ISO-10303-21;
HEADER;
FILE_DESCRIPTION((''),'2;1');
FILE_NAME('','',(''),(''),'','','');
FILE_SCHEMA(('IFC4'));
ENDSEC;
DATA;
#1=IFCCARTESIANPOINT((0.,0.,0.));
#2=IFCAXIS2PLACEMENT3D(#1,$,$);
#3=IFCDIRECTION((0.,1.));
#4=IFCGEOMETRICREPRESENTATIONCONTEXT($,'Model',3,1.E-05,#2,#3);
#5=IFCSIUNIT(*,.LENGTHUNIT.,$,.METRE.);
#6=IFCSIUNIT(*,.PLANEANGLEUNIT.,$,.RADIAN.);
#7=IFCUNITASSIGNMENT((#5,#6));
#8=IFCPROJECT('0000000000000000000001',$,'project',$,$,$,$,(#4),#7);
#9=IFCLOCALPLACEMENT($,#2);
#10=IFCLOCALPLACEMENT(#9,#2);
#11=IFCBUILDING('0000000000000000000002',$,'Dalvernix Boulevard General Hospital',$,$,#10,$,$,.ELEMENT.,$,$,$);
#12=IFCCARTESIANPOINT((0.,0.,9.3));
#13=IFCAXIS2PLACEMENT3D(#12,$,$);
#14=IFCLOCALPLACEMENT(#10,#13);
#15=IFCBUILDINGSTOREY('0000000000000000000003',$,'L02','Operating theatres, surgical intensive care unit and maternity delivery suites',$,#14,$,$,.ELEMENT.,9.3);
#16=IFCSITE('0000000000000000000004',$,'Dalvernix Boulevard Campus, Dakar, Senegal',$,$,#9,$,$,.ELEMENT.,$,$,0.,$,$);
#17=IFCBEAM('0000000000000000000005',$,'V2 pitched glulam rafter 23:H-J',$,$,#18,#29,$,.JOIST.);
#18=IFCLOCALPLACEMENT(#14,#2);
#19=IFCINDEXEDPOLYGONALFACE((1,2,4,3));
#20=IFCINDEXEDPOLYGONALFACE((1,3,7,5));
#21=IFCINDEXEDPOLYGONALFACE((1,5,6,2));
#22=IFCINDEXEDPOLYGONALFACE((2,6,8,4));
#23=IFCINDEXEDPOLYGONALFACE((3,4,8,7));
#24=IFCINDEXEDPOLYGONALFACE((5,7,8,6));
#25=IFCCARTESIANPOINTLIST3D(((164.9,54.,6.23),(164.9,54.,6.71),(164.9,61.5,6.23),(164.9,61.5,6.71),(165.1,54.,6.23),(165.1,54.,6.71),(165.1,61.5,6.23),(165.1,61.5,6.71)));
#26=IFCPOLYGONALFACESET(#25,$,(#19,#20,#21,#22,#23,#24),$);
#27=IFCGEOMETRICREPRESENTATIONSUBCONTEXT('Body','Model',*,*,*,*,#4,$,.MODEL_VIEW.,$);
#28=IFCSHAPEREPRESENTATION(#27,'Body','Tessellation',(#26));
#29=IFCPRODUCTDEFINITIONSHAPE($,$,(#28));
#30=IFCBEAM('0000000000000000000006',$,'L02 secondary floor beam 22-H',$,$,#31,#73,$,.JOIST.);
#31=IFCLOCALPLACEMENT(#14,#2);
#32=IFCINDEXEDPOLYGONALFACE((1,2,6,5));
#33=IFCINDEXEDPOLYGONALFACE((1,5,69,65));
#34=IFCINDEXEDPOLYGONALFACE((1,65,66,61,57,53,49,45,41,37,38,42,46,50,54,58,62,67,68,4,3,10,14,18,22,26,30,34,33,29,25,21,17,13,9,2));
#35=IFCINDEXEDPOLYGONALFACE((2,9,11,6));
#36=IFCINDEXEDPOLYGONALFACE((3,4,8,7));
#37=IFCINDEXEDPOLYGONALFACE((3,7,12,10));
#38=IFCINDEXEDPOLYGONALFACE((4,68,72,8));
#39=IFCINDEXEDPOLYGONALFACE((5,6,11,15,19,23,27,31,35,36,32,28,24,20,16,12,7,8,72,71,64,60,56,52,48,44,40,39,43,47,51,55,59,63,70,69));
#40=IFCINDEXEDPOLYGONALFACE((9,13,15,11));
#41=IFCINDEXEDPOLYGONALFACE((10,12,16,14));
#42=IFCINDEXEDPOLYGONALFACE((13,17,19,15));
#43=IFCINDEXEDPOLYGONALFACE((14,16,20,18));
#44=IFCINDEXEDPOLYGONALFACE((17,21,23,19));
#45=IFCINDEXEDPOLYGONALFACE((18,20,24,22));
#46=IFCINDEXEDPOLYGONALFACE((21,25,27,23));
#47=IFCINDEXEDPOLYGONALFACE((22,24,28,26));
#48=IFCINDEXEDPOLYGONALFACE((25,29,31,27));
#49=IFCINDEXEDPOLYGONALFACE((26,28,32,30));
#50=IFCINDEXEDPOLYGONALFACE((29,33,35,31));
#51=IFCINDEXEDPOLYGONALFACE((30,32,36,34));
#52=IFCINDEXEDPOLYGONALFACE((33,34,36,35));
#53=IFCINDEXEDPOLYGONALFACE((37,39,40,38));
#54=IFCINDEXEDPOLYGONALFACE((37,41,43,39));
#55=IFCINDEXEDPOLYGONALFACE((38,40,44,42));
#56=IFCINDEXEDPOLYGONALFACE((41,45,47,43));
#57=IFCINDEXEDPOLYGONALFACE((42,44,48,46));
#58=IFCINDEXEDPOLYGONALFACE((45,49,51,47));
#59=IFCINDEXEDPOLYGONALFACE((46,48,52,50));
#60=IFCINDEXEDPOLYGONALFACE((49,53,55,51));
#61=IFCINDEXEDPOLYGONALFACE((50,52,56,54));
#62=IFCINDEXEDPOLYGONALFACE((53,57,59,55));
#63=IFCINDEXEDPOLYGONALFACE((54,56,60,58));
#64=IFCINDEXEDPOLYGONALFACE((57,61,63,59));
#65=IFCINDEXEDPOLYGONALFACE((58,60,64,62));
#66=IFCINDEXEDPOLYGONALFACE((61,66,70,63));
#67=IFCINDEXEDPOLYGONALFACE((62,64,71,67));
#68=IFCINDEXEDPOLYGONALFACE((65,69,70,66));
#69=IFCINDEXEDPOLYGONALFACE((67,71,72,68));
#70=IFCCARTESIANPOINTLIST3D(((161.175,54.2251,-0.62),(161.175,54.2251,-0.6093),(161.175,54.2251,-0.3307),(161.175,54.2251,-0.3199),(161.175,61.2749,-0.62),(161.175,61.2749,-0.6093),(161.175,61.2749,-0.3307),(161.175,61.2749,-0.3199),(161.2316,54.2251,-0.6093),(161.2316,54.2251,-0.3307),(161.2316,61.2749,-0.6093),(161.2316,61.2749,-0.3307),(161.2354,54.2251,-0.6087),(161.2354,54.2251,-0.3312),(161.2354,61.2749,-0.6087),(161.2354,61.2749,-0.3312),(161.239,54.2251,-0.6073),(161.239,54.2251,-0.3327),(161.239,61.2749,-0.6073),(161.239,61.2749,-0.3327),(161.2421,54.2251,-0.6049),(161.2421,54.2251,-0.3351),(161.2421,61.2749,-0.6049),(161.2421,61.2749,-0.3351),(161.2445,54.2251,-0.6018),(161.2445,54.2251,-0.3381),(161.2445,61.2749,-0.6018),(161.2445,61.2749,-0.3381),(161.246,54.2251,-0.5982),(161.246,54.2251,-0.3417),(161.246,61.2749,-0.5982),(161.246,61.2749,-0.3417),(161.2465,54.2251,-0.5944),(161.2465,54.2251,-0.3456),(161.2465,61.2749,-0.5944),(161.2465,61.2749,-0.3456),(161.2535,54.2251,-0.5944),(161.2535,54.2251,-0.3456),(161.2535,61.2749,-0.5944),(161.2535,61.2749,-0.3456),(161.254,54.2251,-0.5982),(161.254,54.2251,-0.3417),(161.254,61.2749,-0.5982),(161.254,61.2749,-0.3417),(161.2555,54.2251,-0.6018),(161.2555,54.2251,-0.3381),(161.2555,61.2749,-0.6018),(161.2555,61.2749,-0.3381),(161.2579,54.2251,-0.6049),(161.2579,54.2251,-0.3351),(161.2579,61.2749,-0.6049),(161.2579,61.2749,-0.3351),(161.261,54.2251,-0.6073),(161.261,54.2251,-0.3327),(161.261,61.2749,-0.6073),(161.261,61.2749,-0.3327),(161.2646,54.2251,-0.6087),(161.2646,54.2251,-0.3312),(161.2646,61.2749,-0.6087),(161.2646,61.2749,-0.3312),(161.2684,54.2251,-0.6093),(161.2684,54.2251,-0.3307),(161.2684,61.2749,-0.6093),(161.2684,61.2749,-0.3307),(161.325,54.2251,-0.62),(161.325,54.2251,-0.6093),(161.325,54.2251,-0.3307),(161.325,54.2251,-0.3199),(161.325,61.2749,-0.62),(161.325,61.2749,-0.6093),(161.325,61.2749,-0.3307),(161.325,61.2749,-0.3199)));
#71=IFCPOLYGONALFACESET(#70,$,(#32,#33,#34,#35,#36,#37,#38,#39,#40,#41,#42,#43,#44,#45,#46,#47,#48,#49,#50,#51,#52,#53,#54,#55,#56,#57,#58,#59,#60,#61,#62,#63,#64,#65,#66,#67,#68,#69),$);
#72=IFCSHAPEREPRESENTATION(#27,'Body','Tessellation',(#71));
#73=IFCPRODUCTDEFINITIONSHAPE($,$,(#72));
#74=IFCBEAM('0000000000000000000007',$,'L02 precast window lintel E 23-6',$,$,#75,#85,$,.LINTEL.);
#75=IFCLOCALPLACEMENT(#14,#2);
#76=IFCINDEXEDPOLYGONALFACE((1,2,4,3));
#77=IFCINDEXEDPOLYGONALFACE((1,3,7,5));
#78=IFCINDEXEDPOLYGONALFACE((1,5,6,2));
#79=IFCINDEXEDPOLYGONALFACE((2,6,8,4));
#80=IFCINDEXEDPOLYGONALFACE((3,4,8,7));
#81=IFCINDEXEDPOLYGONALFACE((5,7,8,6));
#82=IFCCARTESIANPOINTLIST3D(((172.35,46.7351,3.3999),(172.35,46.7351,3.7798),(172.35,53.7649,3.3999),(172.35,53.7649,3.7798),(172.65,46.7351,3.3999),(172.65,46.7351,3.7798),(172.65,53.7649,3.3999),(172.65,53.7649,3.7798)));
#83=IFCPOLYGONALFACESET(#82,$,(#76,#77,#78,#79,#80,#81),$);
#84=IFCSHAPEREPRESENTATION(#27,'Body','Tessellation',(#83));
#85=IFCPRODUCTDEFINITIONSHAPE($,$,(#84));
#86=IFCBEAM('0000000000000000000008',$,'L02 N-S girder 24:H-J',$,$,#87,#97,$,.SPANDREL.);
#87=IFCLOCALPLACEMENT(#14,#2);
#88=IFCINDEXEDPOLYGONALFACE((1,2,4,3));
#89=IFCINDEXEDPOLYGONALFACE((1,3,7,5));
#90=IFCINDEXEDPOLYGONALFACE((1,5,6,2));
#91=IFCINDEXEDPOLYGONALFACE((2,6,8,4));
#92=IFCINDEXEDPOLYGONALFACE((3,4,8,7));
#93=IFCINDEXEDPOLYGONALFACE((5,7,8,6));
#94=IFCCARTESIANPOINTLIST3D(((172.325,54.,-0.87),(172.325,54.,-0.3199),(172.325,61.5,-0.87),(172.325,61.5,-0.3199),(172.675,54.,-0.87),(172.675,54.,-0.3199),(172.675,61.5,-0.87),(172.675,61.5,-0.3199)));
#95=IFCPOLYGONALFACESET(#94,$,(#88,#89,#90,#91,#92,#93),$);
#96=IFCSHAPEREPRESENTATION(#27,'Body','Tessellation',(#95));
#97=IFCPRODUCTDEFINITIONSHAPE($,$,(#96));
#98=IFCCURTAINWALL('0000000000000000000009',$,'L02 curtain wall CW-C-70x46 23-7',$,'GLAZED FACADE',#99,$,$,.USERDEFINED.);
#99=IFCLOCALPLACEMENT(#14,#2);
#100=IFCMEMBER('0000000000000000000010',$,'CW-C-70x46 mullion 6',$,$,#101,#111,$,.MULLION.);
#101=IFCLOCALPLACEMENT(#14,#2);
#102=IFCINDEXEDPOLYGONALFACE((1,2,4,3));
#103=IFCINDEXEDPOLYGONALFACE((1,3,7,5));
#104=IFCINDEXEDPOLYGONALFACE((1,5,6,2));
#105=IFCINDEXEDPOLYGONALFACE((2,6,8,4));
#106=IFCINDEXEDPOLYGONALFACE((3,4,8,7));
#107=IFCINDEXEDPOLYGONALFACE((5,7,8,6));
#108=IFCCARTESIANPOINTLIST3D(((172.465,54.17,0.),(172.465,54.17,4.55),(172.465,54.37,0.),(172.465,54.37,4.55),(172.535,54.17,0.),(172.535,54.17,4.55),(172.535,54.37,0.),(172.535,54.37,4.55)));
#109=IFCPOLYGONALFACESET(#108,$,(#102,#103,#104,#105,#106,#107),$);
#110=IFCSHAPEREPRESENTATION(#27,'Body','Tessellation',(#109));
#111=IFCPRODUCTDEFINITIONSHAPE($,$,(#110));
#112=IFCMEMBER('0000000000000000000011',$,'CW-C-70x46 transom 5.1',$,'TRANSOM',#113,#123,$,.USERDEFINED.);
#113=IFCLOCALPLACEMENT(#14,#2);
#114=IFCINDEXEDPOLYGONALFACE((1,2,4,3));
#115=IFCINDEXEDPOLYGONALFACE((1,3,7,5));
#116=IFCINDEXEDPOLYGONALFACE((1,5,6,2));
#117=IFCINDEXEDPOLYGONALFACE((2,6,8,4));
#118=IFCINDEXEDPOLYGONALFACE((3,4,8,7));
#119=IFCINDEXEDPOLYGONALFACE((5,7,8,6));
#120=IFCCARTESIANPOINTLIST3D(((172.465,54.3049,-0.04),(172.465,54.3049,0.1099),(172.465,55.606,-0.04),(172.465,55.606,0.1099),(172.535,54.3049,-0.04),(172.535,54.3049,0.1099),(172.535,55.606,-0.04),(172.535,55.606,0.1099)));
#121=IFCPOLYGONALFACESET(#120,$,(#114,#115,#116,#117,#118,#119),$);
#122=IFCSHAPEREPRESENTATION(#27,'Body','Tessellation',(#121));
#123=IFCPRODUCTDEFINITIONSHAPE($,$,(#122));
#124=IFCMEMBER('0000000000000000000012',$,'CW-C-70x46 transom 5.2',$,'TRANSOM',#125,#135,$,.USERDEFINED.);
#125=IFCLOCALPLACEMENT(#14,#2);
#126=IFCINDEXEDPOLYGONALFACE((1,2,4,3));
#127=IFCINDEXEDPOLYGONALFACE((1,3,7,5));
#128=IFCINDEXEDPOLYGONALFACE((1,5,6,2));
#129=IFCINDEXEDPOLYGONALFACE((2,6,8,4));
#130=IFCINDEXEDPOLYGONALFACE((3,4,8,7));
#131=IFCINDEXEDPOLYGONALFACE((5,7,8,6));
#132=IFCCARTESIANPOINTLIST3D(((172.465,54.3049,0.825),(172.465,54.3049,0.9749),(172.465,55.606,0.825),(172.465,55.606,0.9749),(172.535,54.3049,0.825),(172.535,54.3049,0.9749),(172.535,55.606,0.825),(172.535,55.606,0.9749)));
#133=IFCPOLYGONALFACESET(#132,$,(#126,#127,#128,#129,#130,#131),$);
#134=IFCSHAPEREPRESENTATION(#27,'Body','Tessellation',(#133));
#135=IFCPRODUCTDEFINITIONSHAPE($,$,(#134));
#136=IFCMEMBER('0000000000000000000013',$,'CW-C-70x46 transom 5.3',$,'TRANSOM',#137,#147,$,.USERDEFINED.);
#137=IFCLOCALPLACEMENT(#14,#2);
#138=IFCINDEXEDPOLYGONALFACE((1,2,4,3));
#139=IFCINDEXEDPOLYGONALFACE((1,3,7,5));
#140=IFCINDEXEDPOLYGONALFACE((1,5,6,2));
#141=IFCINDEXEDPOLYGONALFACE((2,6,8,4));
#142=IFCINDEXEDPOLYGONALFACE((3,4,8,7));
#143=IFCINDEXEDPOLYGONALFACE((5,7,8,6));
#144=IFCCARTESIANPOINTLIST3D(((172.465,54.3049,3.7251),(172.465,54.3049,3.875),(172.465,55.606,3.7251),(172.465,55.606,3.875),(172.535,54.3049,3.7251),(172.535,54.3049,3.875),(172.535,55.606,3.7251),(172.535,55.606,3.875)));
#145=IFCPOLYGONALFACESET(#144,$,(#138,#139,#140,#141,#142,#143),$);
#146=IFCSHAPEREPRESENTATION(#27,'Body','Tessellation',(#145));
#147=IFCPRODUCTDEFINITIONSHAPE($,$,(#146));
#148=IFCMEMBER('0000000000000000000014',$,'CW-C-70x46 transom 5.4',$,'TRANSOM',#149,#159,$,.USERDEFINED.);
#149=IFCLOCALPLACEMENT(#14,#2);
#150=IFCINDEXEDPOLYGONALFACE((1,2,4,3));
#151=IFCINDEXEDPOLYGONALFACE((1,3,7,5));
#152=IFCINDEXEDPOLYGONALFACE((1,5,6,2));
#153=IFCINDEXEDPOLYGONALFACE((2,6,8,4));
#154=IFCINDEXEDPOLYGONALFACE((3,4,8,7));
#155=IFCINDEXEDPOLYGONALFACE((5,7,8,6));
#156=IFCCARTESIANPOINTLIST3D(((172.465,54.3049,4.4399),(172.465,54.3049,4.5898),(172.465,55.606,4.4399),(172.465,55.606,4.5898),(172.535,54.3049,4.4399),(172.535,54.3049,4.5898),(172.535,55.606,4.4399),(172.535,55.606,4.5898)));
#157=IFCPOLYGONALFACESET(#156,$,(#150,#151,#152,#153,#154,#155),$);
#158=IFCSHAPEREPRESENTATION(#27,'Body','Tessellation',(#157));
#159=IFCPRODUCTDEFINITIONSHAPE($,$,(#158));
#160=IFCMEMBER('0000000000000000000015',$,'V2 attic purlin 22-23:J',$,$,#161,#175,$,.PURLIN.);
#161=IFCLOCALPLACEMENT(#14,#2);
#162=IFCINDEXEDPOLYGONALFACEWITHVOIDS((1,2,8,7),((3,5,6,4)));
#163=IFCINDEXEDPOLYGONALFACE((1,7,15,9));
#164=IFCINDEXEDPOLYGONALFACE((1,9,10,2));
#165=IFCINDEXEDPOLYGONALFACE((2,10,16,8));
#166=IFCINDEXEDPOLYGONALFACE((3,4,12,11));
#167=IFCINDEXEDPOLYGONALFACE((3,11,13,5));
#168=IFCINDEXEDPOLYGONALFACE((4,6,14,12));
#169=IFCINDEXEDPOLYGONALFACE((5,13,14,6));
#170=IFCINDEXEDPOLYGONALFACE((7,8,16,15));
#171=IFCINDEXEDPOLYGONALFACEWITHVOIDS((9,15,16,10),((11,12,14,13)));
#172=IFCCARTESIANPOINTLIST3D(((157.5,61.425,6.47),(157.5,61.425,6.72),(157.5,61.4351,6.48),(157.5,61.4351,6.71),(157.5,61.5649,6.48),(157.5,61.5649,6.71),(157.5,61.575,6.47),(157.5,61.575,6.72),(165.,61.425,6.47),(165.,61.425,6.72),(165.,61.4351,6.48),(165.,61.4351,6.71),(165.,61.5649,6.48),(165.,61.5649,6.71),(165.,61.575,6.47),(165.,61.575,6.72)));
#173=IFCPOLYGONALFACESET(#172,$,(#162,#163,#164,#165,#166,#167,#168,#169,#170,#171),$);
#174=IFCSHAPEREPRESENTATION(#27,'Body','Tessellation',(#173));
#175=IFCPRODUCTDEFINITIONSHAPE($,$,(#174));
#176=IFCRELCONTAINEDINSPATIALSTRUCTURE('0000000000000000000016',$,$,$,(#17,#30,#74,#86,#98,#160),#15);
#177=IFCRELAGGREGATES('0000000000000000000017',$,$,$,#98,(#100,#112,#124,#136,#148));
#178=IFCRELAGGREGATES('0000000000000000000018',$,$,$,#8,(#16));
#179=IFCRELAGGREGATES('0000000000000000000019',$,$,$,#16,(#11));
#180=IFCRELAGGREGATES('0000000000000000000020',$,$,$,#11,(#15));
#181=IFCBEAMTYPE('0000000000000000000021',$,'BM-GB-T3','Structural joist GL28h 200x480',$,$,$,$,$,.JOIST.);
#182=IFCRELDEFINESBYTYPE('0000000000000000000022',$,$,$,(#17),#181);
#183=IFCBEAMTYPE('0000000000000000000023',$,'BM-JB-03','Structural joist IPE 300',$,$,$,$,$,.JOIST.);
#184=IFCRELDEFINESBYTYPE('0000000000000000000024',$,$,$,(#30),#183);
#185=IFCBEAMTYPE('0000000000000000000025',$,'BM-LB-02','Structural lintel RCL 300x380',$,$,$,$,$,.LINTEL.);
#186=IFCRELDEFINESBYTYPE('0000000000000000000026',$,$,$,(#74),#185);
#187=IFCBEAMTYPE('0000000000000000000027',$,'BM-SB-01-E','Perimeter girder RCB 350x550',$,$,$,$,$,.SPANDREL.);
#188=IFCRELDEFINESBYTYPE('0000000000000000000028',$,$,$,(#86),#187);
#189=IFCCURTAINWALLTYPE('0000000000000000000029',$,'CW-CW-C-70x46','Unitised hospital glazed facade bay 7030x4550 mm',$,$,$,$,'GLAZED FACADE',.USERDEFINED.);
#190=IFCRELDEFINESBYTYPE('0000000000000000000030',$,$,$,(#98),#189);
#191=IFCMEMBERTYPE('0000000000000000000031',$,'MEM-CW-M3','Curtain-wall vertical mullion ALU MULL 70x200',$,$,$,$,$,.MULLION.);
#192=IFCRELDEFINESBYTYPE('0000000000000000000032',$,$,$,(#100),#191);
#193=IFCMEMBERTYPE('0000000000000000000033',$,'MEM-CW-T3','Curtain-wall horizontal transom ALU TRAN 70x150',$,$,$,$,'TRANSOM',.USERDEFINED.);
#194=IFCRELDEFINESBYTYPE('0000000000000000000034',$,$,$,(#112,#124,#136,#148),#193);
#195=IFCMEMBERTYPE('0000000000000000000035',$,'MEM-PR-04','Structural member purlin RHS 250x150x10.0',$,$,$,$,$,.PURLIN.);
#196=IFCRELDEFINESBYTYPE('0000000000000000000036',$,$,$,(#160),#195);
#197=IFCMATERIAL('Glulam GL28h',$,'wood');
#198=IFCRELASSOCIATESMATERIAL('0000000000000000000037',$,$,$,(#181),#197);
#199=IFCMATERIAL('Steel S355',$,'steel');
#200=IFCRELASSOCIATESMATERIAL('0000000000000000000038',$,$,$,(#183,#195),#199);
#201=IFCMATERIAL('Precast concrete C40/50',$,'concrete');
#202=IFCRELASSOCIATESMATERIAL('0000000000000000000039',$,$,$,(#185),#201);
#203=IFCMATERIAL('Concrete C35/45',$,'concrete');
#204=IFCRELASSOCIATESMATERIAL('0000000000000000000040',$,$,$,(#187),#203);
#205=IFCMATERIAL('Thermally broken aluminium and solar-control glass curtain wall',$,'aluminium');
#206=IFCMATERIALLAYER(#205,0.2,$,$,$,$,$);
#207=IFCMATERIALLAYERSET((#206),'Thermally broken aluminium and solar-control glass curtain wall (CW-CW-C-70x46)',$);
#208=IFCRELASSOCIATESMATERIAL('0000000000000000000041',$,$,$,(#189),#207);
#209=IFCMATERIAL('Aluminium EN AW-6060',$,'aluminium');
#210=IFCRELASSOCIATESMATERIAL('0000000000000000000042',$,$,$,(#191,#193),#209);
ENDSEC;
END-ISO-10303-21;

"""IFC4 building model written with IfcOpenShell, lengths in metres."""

from ifc_helpers import new_model, si_unit, direction, frame, origin, origin_2d, place, context, subcontext, project, spatial, rectangle, hollow_rectangle, i_section, extrude, material, layer, layer_set, material_profile, profile_set, type_object, element, aggregate, save


model = new_model("IFC4")

# Units and contexts
model_context = context("Model", 3, precision=1e-05, world=origin(), true_north=direction((0.0, 1.0)))
body_context = subcontext(model_context, "Body", "Model", "MODEL_VIEW")
ifc_project = project(units=[si_unit("LENGTHUNIT", "METRE"), si_unit("PLANEANGLEUNIT", "RADIAN")], contexts=[model_context])

# Site, building, storey
site_placement = place(None, origin())
site = spatial("IfcSite", under=ifc_project, at=site_placement, Name="Dalvernix Boulevard Campus, Dakar, Senegal", CompositionType="ELEMENT", RefElevation=0.0)
building_placement = place(site_placement, origin())
building = spatial("IfcBuilding", under=site, at=building_placement, Name="Dalvernix Boulevard General Hospital", CompositionType="ELEMENT")
storey_placement = place(building_placement, frame((0.0, 0.0, 9.3)))
storey = spatial("IfcBuildingStorey", under=building, at=storey_placement, Name="L02", Description="Operating theatres, surgical intensive care unit and maternity delivery suites", CompositionType="ELEMENT", Elevation=9.3)

# Shared definitions
ifc_material_1 = material(Name="Steel S355", Category="steel")

# Beams
ifc_material_2 = material(Name="Concrete C35/45", Category="concrete")
ifc_material_3 = material(Name="Glulam GL28h", Category="wood")
ifc_material_profile_1 = material_profile(ifc_material_3, rectangle(XDim=0.2, YDim=0.48, at=origin_2d()), Name="GL28h 200x480")
ifc_profile_set_1 = profile_set([ifc_material_profile_1], Name="Glulam GL28h")
beam_type_1 = type_object("IfcBeamType", Name="BM-GB-T3", Description="Structural joist GL28h 200x480", PredefinedType="JOIST", material=ifc_profile_set_1)
for number, where, z_axis, x_axis, name in (
    (1, (165.0, 54.0, 6.47), (0.0, 1.0, 0.0), (-1.0, 0.0, 0.0), "V2 pitched glulam rafter 23:H-J"),
):
    element("IfcBeam", number, at=place(storey_placement, frame(where, z_axis=z_axis, x_axis=x_axis)), inside=storey, type_object=beam_type_1, Name=name, PredefinedType="JOIST", context=body_context, shape_type="SweptSolid", body=[
        extrude(rectangle(XDim=0.2, YDim=0.48, at=origin_2d()), origin(), (0.0, 0.0, 1.0), 7.5),
    ])
ifc_material_profile_2 = material_profile(ifc_material_1, i_section(OverallWidth=0.1499, OverallDepth=0.3, WebThickness=0.0071, FlangeThickness=0.0107, FilletRadius=0.0149, at=origin_2d()), Name="IPE 300")
ifc_profile_set_2 = profile_set([ifc_material_profile_2], Name="Steel S355")
beam_type_2 = type_object("IfcBeamType", Name="BM-JB-03", Description="Structural joist IPE 300", PredefinedType="JOIST", material=ifc_profile_set_2)
beam_1_placement = place(storey_placement, frame((161.25, 54.2251, -0.47), z_axis=(0.0, 1.0, 0.0), x_axis=(-1.0, 0.0, 0.0)))
element("IfcBeam", 2, at=beam_1_placement, inside=storey, type_object=beam_type_2, Name="L02 secondary floor beam 22-H", PredefinedType="JOIST", context=body_context, shape_type="SweptSolid", body=[
    extrude(i_section(OverallWidth=0.1499, OverallDepth=0.3, WebThickness=0.0071, FlangeThickness=0.0107, FilletRadius=0.0149, at=origin_2d()), origin(), (0.0, 0.0, 1.0), 7.0498),
])
ifc_material_4 = material(Name="Precast concrete C40/50", Category="concrete")
ifc_material_profile_3 = material_profile(ifc_material_4, rectangle(XDim=0.3, YDim=0.3799, at=origin_2d()), Name="RCL 300x380")
ifc_profile_set_3 = profile_set([ifc_material_profile_3], Name="Precast concrete C40/50")
beam_type_3 = type_object("IfcBeamType", Name="BM-LB-02", Description="Structural lintel RCL 300x380", PredefinedType="LINTEL", material=ifc_profile_set_3)
beam_2_placement = place(storey_placement, frame((172.5, 53.7649, 3.5898), z_axis=(0.0, -1.0, 0.0), x_axis=(1.0, 0.0, 0.0)))
element("IfcBeam", 3, at=beam_2_placement, inside=storey, type_object=beam_type_3, Name="L02 precast window lintel E 23-6", PredefinedType="LINTEL", context=body_context, shape_type="SweptSolid", body=[
    extrude(rectangle(XDim=0.3, YDim=0.3799, at=origin_2d()), origin(), (0.0, 0.0, 1.0), 7.0298),
])
ifc_material_profile_4 = material_profile(ifc_material_2, rectangle(XDim=0.3501, YDim=0.55, at=origin_2d()), Name="RCB 350x550")
ifc_profile_set_4 = profile_set([ifc_material_profile_4], Name="Concrete C35/45")
beam_type_4 = type_object("IfcBeamType", Name="BM-SB-01-E", Description="Perimeter girder RCB 350x550", PredefinedType="SPANDREL", material=ifc_profile_set_4)
beam_3_placement = place(storey_placement, frame((172.5, 54.0, -0.595), z_axis=(0.0, 1.0, 0.0), x_axis=(-1.0, 0.0, 0.0)))
element("IfcBeam", 4, at=beam_3_placement, inside=storey, type_object=beam_type_4, Name="L02 N-S girder 24:H-J", PredefinedType="SPANDREL", context=body_context, shape_type="SweptSolid", body=[
    extrude(rectangle(XDim=0.3501, YDim=0.55, at=origin_2d()), origin(), (0.0, 0.0, 1.0), 7.5),
])

# Curtain wall, members
ifc_material_5 = material(Name="Thermally broken aluminium and solar-control glass curtain wall", Category="aluminium")
ifc_layer_1 = layer(ifc_material_5, 0.2)
ifc_layer_set_1 = layer_set([ifc_layer_1], Name="Thermally broken aluminium and solar-control glass curtain wall (CW-CW-C-70x46)")
curtain_wall_type = type_object("IfcCurtainWallType", Name="CW-CW-C-70x46", Description="Unitised hospital glazed facade bay 7030x4550 mm", ElementType="GLAZED FACADE", PredefinedType="USERDEFINED", material=ifc_layer_set_1)
curtain_wall_placement = place(storey_placement, origin())
curtain_wall = element("IfcCurtainWall", 5, at=curtain_wall_placement, inside=storey, type_object=curtain_wall_type, Name="L02 curtain wall CW-C-70x46 23-7", ObjectType="GLAZED FACADE", PredefinedType="USERDEFINED")
ifc_material_6 = material(Name="Aluminium EN AW-6060", Category="aluminium")
ifc_material_profile_5 = material_profile(ifc_material_6, rectangle(XDim=0.0701, YDim=0.2, at=origin_2d()), Name="ALU MULL 70x200")
ifc_profile_set_5 = profile_set([ifc_material_profile_5], Name="Aluminium EN AW-6060")
member_type_1 = type_object("IfcMemberType", Name="MEM-CW-M3", Description="Curtain-wall vertical mullion ALU MULL 70x200", PredefinedType="MULLION", material=ifc_profile_set_5)
member_1_placement = place(storey_placement, frame((172.5, 54.27, 0.0), z_axis=(0.0, 0.0, 1.0), x_axis=(1.0, 0.0, 0.0)))
member_1 = element("IfcMember", 6, at=member_1_placement, type_object=member_type_1, Name="CW-C-70x46 mullion 6", PredefinedType="MULLION", context=body_context, shape_type="SweptSolid", body=[
    extrude(rectangle(XDim=0.0701, YDim=0.2, at=origin_2d()), origin(), (0.0, 0.0, 1.0), 4.55),
])
ifc_material_profile_6 = material_profile(ifc_material_6, rectangle(XDim=0.0701, YDim=0.1499, at=origin_2d()), Name="ALU TRAN 70x150")
ifc_profile_set_6 = profile_set([ifc_material_profile_6], Name="Aluminium EN AW-6060")
member_type_2 = type_object("IfcMemberType", Name="MEM-CW-T3", Description="Curtain-wall horizontal transom ALU TRAN 70x150", ElementType="TRANSOM", PredefinedType="USERDEFINED", material=ifc_profile_set_6)
member_2_placement = place(storey_placement, frame((172.5, 55.606, 0.0349), z_axis=(0.0, -1.0, 0.0), x_axis=(1.0, 0.0, 0.0)))
member_2 = element("IfcMember", 7, at=member_2_placement, type_object=member_type_2, Name="CW-C-70x46 transom 5.1", ObjectType="TRANSOM", PredefinedType="USERDEFINED", context=body_context, shape_type="SweptSolid", body=[
    extrude(rectangle(XDim=0.0701, YDim=0.1499, at=origin_2d()), origin(), (0.0, 0.0, 1.0), 1.301),
])
member_3_placement = place(storey_placement, frame((172.5, 55.606, 0.8999), z_axis=(0.0, -1.0, 0.0), x_axis=(1.0, 0.0, 0.0)))
member_3 = element("IfcMember", 8, at=member_3_placement, type_object=member_type_2, Name="CW-C-70x46 transom 5.2", ObjectType="TRANSOM", PredefinedType="USERDEFINED", context=body_context, shape_type="SweptSolid", body=[
    extrude(rectangle(XDim=0.0701, YDim=0.1499, at=origin_2d()), origin(), (0.0, 0.0, 1.0), 1.301),
])
member_4_placement = place(storey_placement, frame((172.5, 55.606, 3.8), z_axis=(0.0, -1.0, 0.0), x_axis=(1.0, 0.0, 0.0)))
member_4 = element("IfcMember", 9, at=member_4_placement, type_object=member_type_2, Name="CW-C-70x46 transom 5.3", ObjectType="TRANSOM", PredefinedType="USERDEFINED", context=body_context, shape_type="SweptSolid", body=[
    extrude(rectangle(XDim=0.0701, YDim=0.1499, at=origin_2d()), origin(), (0.0, 0.0, 1.0), 1.301),
])
member_5_placement = place(storey_placement, frame((172.5, 55.606, 4.5149), z_axis=(0.0, -1.0, 0.0), x_axis=(1.0, 0.0, 0.0)))
member_5 = element("IfcMember", 10, at=member_5_placement, type_object=member_type_2, Name="CW-C-70x46 transom 5.4", ObjectType="TRANSOM", PredefinedType="USERDEFINED", context=body_context, shape_type="SweptSolid", body=[
    extrude(rectangle(XDim=0.0701, YDim=0.1499, at=origin_2d()), origin(), (0.0, 0.0, 1.0), 1.301),
])

# Member
ifc_material_profile_7 = material_profile(ifc_material_1, hollow_rectangle(XDim=0.1499, YDim=0.25, WallThickness=0.01, at=origin_2d()), Name="RHS 250x150x10.0")
ifc_profile_set_7 = profile_set([ifc_material_profile_7], Name="Steel S355")
member_type_3 = type_object("IfcMemberType", Name="MEM-PR-04", Description="Structural member purlin RHS 250x150x10.0", PredefinedType="PURLIN", material=ifc_profile_set_7)
member_6_placement = place(storey_placement, frame((157.5, 61.5, 6.595), z_axis=(1.0, 0.0, 0.0), x_axis=(0.0, 1.0, 0.0)))
element("IfcMember", 11, at=member_6_placement, inside=storey, type_object=member_type_3, Name="V2 attic purlin 22-23:J", PredefinedType="PURLIN", context=body_context, shape_type="SweptSolid", body=[
    extrude(hollow_rectangle(XDim=0.1499, YDim=0.25, WallThickness=0.01, at=origin_2d()), origin(), (0.0, 0.0, 1.0), 7.5),
])

aggregate(curtain_wall, [member_1, member_2, member_3, member_4, member_5])

save(model, "model.ifc")
